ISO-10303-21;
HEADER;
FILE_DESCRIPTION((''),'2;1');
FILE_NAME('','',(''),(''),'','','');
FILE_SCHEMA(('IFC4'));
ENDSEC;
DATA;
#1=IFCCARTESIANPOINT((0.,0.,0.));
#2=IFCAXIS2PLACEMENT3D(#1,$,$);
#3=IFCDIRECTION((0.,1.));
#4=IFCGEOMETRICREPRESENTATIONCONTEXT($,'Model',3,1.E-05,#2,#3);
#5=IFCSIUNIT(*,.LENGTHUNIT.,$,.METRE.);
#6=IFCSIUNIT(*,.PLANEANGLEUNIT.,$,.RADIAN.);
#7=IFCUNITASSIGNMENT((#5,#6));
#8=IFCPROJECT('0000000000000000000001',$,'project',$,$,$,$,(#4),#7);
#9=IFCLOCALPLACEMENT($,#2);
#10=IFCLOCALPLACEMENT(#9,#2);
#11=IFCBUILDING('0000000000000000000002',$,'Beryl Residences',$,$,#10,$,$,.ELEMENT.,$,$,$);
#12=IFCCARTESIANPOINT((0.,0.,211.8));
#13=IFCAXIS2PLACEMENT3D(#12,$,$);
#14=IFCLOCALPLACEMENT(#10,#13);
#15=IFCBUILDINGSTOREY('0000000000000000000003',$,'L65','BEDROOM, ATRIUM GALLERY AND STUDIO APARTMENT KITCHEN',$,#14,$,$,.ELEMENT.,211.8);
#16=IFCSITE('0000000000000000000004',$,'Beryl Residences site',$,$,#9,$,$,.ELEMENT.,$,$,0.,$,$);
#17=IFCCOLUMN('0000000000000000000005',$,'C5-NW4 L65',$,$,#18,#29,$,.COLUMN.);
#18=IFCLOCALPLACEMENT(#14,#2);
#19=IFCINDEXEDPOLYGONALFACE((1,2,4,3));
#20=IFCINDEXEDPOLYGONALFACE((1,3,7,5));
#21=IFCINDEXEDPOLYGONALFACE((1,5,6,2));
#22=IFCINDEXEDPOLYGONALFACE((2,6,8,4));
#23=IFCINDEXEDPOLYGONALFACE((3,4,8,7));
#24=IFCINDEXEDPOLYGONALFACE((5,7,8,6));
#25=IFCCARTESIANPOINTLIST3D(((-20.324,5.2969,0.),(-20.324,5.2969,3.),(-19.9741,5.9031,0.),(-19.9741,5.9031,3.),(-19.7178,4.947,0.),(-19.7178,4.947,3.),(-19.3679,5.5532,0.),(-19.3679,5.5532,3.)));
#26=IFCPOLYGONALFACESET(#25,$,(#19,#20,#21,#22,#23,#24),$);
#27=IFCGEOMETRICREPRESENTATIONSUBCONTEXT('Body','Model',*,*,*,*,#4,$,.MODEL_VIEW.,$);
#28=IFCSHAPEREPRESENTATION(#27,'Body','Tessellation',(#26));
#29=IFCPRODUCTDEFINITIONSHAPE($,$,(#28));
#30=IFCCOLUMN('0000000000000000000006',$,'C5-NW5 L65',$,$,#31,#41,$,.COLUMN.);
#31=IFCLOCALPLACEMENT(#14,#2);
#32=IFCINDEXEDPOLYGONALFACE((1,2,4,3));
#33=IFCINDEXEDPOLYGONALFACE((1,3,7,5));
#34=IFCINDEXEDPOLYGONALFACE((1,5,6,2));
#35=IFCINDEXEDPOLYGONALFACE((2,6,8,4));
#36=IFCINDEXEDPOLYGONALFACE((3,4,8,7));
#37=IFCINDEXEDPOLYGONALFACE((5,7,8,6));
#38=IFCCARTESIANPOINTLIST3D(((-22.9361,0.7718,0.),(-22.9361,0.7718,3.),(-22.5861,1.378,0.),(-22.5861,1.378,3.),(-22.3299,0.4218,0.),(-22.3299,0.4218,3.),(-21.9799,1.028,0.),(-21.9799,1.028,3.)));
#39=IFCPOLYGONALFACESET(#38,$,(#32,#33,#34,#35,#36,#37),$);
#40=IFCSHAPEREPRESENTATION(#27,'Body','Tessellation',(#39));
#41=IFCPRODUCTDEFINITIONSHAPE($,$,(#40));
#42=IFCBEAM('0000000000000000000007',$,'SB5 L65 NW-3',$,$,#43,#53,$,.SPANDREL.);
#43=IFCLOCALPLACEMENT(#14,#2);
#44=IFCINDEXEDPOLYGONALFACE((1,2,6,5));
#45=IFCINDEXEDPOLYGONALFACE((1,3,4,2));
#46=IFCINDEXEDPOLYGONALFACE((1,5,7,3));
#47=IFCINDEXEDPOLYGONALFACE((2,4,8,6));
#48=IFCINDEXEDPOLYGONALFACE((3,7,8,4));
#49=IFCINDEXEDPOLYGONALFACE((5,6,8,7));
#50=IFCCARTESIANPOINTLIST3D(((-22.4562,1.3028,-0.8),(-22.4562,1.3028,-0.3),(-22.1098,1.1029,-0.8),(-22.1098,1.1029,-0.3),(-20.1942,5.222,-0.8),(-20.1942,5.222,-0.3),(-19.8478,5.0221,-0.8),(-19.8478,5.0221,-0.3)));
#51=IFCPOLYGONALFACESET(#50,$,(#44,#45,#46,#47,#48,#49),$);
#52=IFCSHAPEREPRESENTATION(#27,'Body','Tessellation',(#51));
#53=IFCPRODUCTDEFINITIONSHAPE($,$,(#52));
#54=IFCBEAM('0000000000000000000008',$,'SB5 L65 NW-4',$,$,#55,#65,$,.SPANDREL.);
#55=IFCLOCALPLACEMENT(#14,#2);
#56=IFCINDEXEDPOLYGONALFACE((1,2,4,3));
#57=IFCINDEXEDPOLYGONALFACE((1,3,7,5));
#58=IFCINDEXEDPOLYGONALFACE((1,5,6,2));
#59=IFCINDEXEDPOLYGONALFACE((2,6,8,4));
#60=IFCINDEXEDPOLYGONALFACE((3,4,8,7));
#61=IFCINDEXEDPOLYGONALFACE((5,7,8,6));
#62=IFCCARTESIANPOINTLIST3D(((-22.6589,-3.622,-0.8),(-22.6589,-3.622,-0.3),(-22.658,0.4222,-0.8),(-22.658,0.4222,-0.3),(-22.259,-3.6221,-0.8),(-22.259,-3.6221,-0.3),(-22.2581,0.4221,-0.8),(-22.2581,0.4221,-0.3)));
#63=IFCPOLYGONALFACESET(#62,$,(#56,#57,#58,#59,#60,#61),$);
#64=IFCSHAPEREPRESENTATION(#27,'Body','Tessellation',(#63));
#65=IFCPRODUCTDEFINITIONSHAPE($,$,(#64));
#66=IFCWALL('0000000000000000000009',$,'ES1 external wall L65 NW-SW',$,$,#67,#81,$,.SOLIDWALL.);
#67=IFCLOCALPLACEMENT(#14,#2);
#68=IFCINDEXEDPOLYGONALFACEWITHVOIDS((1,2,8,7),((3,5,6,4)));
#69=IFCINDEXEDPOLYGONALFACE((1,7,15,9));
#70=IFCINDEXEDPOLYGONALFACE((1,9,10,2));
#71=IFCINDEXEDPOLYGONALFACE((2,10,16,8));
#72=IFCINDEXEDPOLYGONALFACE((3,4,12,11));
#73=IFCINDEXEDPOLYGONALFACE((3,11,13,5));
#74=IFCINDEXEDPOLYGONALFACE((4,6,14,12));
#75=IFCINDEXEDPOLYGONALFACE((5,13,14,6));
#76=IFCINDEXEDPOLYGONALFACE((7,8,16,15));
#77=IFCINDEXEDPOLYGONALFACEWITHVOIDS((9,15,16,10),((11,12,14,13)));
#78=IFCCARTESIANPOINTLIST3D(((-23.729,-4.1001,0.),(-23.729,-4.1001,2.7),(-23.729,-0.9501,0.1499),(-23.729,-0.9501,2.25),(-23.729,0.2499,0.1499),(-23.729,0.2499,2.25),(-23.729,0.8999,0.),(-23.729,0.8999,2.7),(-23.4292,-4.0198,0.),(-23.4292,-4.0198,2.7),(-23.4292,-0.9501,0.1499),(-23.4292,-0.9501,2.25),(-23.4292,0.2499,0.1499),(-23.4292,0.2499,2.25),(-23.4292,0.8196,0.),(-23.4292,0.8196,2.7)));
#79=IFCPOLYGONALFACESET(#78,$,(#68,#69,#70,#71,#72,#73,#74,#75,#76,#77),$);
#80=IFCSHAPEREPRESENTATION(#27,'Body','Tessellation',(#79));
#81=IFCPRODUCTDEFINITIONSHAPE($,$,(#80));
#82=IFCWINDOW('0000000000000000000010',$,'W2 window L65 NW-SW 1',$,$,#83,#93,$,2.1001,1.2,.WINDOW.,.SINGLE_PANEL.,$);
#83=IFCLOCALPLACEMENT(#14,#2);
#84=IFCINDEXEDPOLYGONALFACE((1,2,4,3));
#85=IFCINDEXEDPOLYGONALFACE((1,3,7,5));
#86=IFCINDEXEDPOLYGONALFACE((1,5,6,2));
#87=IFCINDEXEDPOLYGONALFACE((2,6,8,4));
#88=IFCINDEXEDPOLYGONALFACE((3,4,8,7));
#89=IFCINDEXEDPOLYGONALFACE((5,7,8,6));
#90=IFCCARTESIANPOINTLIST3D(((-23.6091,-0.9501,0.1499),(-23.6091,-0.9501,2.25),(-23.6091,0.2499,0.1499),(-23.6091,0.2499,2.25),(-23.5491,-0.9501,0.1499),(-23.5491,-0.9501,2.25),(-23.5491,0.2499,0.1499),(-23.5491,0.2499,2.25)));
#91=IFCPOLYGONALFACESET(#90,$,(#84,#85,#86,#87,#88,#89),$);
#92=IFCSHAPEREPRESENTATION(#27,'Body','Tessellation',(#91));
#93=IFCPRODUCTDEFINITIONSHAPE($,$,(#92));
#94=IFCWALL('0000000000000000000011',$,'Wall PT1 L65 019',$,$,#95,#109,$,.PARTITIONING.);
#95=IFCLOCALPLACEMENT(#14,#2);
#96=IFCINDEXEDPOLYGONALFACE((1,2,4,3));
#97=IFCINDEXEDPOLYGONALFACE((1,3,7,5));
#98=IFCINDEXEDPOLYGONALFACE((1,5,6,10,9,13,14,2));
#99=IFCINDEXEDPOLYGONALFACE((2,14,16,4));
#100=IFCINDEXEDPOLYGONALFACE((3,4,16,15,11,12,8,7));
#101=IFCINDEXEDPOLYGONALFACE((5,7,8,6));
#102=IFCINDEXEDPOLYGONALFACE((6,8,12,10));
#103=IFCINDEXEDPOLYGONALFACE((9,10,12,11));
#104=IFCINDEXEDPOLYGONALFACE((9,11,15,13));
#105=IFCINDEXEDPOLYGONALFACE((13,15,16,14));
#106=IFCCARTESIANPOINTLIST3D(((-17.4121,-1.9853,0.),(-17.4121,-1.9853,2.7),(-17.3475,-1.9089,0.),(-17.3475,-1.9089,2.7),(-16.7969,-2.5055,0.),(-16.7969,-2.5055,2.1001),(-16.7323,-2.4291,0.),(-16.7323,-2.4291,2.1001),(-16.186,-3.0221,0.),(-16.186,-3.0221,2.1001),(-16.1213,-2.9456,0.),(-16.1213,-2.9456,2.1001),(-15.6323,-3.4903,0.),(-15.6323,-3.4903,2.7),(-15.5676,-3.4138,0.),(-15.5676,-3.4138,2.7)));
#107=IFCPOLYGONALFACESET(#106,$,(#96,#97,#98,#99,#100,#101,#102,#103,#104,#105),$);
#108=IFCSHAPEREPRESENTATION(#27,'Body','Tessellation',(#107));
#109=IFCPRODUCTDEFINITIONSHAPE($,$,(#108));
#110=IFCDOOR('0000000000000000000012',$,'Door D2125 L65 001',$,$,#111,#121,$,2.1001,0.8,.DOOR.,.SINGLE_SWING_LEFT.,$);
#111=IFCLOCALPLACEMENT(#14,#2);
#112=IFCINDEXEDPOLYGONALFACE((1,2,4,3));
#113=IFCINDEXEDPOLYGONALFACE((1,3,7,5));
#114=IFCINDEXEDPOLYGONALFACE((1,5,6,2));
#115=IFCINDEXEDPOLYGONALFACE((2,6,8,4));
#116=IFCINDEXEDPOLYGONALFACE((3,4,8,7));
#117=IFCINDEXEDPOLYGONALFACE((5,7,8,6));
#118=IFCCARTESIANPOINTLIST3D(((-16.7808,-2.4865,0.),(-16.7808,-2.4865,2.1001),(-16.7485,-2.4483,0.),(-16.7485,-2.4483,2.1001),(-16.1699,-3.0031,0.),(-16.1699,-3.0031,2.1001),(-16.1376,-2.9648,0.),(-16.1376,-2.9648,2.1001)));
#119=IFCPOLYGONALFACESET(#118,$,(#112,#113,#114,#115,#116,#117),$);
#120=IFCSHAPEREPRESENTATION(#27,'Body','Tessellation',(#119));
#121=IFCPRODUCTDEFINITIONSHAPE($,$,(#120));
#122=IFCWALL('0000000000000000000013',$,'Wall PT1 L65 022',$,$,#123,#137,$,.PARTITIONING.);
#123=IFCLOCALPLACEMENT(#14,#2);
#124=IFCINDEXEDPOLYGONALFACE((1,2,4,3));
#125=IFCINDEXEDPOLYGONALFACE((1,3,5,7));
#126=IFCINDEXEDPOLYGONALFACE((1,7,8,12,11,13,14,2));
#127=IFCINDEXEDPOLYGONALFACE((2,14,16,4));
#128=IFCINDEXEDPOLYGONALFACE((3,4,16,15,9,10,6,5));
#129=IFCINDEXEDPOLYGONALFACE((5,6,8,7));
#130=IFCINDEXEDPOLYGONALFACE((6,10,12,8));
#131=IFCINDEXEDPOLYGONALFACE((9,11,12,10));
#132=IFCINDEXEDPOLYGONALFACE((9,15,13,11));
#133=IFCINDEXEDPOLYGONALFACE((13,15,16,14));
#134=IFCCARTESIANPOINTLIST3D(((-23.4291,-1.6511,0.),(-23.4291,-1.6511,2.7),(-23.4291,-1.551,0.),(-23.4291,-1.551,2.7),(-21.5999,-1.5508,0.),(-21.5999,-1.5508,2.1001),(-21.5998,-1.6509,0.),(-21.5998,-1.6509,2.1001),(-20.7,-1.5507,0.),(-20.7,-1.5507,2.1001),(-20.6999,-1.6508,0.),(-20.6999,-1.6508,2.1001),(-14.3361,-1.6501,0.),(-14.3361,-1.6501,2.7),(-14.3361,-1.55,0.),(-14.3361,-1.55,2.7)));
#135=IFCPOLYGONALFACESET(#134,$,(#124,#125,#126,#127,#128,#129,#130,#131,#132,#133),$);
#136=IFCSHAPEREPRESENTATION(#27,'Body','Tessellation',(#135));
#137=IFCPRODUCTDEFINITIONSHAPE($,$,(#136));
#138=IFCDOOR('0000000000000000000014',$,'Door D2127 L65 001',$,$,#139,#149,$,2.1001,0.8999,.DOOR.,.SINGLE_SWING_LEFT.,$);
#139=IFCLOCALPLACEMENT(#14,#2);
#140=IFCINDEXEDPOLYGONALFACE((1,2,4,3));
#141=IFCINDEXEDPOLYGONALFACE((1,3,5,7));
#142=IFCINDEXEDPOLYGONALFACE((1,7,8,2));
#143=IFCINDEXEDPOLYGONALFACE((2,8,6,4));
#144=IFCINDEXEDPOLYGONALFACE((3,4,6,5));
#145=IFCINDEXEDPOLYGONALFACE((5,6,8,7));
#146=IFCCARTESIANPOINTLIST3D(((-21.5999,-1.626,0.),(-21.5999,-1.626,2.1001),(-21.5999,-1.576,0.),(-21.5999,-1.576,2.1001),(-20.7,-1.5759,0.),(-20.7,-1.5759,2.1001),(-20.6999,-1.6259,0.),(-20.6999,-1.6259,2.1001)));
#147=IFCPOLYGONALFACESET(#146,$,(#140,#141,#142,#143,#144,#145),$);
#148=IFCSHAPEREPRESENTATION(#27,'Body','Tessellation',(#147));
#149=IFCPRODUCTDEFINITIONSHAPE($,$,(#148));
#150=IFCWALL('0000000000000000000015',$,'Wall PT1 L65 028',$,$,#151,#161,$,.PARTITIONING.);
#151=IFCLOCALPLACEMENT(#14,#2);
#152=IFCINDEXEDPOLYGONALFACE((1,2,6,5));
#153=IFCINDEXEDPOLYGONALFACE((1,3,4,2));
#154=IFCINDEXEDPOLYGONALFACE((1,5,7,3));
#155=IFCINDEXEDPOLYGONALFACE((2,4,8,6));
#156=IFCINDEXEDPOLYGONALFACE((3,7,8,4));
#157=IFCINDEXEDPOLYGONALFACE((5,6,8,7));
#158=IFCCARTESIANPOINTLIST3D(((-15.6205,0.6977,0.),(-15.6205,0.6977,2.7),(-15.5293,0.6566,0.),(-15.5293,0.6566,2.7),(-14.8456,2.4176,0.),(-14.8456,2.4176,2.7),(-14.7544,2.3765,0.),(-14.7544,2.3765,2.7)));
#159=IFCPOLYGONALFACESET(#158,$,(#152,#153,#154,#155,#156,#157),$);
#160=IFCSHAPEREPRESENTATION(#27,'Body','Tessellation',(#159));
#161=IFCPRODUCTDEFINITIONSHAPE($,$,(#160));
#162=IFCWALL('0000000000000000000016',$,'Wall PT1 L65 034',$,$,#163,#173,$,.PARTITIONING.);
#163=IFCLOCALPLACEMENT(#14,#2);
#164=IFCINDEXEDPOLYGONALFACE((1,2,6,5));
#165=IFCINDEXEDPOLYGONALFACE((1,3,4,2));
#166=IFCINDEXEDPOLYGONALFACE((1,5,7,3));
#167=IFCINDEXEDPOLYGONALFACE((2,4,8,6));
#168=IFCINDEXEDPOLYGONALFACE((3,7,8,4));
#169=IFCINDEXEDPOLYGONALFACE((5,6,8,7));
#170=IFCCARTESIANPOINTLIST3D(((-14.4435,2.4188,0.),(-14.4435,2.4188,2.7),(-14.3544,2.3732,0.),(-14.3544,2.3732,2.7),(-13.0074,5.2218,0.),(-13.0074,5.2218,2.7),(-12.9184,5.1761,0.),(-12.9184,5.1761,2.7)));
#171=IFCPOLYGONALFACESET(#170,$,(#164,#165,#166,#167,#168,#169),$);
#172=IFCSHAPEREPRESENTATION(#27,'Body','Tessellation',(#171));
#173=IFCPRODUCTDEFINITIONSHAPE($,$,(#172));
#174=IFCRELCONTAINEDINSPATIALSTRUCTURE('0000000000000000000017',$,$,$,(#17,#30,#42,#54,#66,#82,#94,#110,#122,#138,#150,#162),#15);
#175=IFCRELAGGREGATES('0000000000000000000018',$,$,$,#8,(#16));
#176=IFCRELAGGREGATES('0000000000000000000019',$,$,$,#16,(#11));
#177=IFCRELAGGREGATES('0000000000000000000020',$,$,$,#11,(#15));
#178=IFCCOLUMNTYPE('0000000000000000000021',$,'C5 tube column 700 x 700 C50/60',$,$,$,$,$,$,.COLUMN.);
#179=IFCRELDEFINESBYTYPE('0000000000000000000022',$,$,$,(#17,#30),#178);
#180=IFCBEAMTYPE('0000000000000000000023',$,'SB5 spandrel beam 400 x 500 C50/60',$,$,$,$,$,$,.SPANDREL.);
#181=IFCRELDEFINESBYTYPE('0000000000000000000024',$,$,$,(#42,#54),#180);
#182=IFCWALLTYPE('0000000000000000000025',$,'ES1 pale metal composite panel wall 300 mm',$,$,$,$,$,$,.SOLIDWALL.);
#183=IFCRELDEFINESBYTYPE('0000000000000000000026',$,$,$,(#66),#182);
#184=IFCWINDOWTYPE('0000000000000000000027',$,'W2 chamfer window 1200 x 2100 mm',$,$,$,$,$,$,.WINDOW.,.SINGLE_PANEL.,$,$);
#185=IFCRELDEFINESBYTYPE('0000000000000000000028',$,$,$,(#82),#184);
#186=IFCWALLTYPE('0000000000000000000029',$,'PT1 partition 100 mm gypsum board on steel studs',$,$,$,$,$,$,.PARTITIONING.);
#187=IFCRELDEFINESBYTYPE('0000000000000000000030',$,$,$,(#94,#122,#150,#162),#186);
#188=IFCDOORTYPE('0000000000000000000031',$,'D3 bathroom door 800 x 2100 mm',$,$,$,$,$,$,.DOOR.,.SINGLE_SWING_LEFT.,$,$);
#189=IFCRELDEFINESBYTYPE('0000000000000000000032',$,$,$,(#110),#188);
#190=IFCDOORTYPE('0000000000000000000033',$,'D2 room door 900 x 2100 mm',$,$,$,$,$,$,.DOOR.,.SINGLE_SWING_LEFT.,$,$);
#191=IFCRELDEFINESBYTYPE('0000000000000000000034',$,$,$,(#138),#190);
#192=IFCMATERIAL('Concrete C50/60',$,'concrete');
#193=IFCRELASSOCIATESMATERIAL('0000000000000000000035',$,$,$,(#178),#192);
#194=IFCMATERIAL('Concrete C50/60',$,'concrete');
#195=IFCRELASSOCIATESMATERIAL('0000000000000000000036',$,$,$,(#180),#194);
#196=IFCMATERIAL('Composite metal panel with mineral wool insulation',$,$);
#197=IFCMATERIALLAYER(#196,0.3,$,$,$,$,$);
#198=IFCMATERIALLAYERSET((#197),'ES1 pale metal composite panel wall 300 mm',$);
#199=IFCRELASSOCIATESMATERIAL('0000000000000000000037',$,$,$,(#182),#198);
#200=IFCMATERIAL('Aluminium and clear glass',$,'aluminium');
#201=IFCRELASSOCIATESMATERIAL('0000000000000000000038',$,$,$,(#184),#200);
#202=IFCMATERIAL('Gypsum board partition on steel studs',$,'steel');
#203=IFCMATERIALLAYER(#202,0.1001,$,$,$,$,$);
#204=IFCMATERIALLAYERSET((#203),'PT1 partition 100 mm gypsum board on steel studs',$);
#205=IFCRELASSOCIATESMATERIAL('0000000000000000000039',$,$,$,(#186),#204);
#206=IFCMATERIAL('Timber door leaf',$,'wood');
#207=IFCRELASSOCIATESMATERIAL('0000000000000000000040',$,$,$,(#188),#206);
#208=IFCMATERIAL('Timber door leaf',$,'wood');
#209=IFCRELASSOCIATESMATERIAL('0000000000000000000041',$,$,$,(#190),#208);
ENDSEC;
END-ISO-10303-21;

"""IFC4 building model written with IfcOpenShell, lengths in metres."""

from ifc_helpers import new_model, si_unit, direction, frame, frame_2d, origin, origin_2d, place, context, subcontext, project, spatial, polyline, rectangle, outline, extrude, material, layer, layer_set, material_profile, profile_set, type_object, element, fill, save


model = new_model("IFC4")

# Units and contexts
model_context = context("Model", 3, precision=1e-05, world=origin(), true_north=direction((0.0, 1.0)))
body_context = subcontext(model_context, "Body", "Model", "MODEL_VIEW")
ifc_project = project(units=[si_unit("LENGTHUNIT", "METRE"), si_unit("PLANEANGLEUNIT", "RADIAN")], contexts=[model_context])

# Site, building, storey
site_placement = place(None, origin())
site = spatial("IfcSite", under=ifc_project, at=site_placement, Name="Beryl Residences site", CompositionType="ELEMENT", RefElevation=0.0)
building_placement = place(site_placement, origin())
building = spatial("IfcBuilding", under=site, at=building_placement, Name="Beryl Residences", CompositionType="ELEMENT")
storey_placement = place(building_placement, frame((0.0, 0.0, 211.8)))
storey = spatial("IfcBuildingStorey", under=building, at=storey_placement, Name="L65", Description="BEDROOM, ATRIUM GALLERY AND STUDIO APARTMENT KITCHEN", CompositionType="ELEMENT", Elevation=211.8)

# Columns
ifc_material_1 = material(Name="Concrete C50/60", Category="concrete")
ifc_material_profile_1 = material_profile(ifc_material_1, rectangle(XDim=0.7, YDim=0.7, at=origin_2d()))
ifc_profile_set_1 = profile_set([ifc_material_profile_1], Name="Concrete C50/60")
column_type = type_object("IfcColumnType", Name="C5 tube column 700 x 700 C50/60", PredefinedType="COLUMN", material=ifc_profile_set_1)
for number, where, z_axis, x_axis, name in (
    (1, (-19.8459, 5.425, 0.0), (0.0, 0.0, 1.0), (-0.49997, -0.866043, 0.0), "C5-NW4 L65"),
    (2, (-22.458, 0.8999, 0.0), (0.0, 0.0, 1.0), (-0.49997, -0.866043, 0.0), "C5-NW5 L65"),
):
    element("IfcColumn", number, at=place(storey_placement, frame(where, z_axis=z_axis, x_axis=x_axis)), inside=storey, type_object=column_type, Name=name, PredefinedType="COLUMN", context=body_context, shape_type="SweptSolid", body=[
        extrude(rectangle(XDim=0.7, YDim=0.7, at=origin_2d()), origin(), (0.0, 0.0, 1.0), 3.0),
    ])

# Beams
ifc_material_2 = material(Name="Concrete C50/60", Category="concrete")
ifc_material_profile_2 = material_profile(ifc_material_2, rectangle(XDim=0.3999, YDim=0.5, at=origin_2d()))
ifc_profile_set_2 = profile_set([ifc_material_profile_2], Name="Concrete C50/60")
beam_type = type_object("IfcBeamType", Name="SB5 spandrel beam 400 x 500 C50/60", PredefinedType="SPANDREL", material=ifc_profile_set_2)
beam_1_placement = place(storey_placement, frame((-20.021, 5.1221, -0.55), z_axis=(-0.49987, -0.8661, 0.0), x_axis=(0.8661, -0.49987, 0.0)))
element("IfcBeam", 3, at=beam_1_placement, inside=storey, type_object=beam_type, Name="SB5 L65 NW-3", PredefinedType="SPANDREL", context=body_context, shape_type="SweptSolid", body=[
    extrude(rectangle(XDim=0.3999, YDim=0.5, at=origin_2d()), origin(), (0.0, 0.0, 1.0), 4.5251),
])
beam_2_placement = place(storey_placement, frame((-22.458, 0.4221, -0.55), z_axis=(-0.000241, -1.0, 0.0), x_axis=(1.0, -0.000241, 0.0)))
element("IfcBeam", 4, at=beam_2_placement, inside=storey, type_object=beam_type, Name="SB5 L65 NW-4", PredefinedType="SPANDREL", context=body_context, shape_type="SweptSolid", body=[
    extrude(rectangle(XDim=0.3999, YDim=0.5, at=origin_2d()), origin(), (0.0, 0.0, 1.0), 4.0442),
])

# Wall, opening, window
ifc_material_3 = material(Name="Composite metal panel with mineral wool insulation")
ifc_layer_1 = layer(ifc_material_3, 0.3)
ifc_layer_set_1 = layer_set([ifc_layer_1], Name="ES1 pale metal composite panel wall 300 mm")
wall_type_1 = type_object("IfcWallType", Name="ES1 pale metal composite panel wall 300 mm", PredefinedType="SOLIDWALL", material=ifc_layer_set_1)
wall_1_placement = place(storey_placement, frame((-23.5791, 0.8999, 0.0), z_axis=(0.0, 0.0, 1.0), x_axis=(0.0, -1.0, 0.0)))
wall_1 = element("IfcWall", 5, at=wall_1_placement, inside=storey, type_object=wall_type_1, Name="ES1 external wall L65 NW-SW", PredefinedType="SOLIDWALL", context=body_context, shape_type="SweptSolid", body=[
    extrude(outline(polyline([(0.0, -0.1499), (5.0, -0.1499), (4.9197, 0.1499), (0.0803, 0.1499), (0.0, -0.1499)])), origin(), (0.0, 0.0, 1.0), 2.7),
])
opening_1_placement = place(wall_1_placement, frame((0.6499, 0.0, 0.1499)))
opening_1 = element("IfcOpeningElement", 6, at=opening_1_placement, cuts=wall_1, PredefinedType="OPENING", context=body_context, shape_type="SweptSolid", body=[
    extrude(rectangle(XDim=1.2, YDim=2.1001, at=frame_2d((0.6001, 1.05))), frame((0.0, 0.1599, 0.0), z_axis=(0.0, -1.0, 0.0), x_axis=(1.0, 0.0, 0.0)), (0.0, 0.0, 1.0), 0.3201),
])
ifc_material_4 = material(Name="Aluminium and clear glass", Category="aluminium")
window_type = type_object("IfcWindowType", Name="W2 chamfer window 1200 x 2100 mm", PartitioningType="SINGLE_PANEL", PredefinedType="WINDOW", material=ifc_material_4)
window_placement = place(opening_1_placement, origin())
window = element("IfcWindow", 7, at=window_placement, inside=storey, type_object=window_type, Name="W2 window L65 NW-SW 1", OverallHeight=2.1001, OverallWidth=1.2, PartitioningType="SINGLE_PANEL", PredefinedType="WINDOW", context=body_context, shape_type="SweptSolid", body=[
    extrude(rectangle(XDim=1.2, YDim=2.1001, at=frame_2d((0.6001, 1.05))), frame((0.0, 0.03, 0.0), z_axis=(0.0, -1.0, 0.0), x_axis=(1.0, 0.0, 0.0)), (0.0, 0.0, 1.0), 0.0601),
])
fill(opening_1, window)

# Walls, openings, doors
ifc_material_5 = material(Name="Gypsum board partition on steel studs", Category="steel")
ifc_layer_2 = layer(ifc_material_5, 0.1001)
ifc_layer_set_2 = layer_set([ifc_layer_2], Name="PT1 partition 100 mm gypsum board on steel studs")
wall_type_2 = type_object("IfcWallType", Name="PT1 partition 100 mm gypsum board on steel studs", PredefinedType="PARTITIONING", material=ifc_layer_set_2)
wall_2_placement = place(storey_placement, frame((-17.3799, -1.947, 0.0), z_axis=(0.0, 0.0, 1.0), x_axis=(0.763617, -0.64567, 0.0)))
wall_2 = element("IfcWall", 8, at=wall_2_placement, inside=storey, type_object=wall_type_2, Name="Wall PT1 L65 019", PredefinedType="PARTITIONING", context=body_context, shape_type="SweptSolid", body=[
    extrude(rectangle(XDim=2.3308, YDim=0.1001, at=frame_2d((1.1655, 0.0))), origin(), (0.0, 0.0, 1.0), 2.7),
])
opening_2_placement = place(wall_2_placement, frame((0.8059, 0.0, 0.0)))
opening_2 = element("IfcOpeningElement", 9, at=opening_2_placement, cuts=wall_2, PredefinedType="OPENING", context=body_context, shape_type="SweptSolid", body=[
    extrude(rectangle(XDim=0.8, YDim=2.1001, at=frame_2d((0.3999, 1.05))), frame((0.0, 0.0601, 0.0), z_axis=(0.0, -1.0, 0.0), x_axis=(1.0, 0.0, 0.0)), (0.0, 0.0, 1.0), 0.1201),
])
ifc_material_6 = material(Name="Timber door leaf", Category="wood")
door_type_1 = type_object("IfcDoorType", Name="D3 bathroom door 800 x 2100 mm", OperationType="SINGLE_SWING_LEFT", PredefinedType="DOOR", material=ifc_material_6)
door_1_placement = place(opening_2_placement, origin())
door_1 = element("IfcDoor", 10, at=door_1_placement, inside=storey, type_object=door_type_1, Name="Door D2125 L65 001", OperationType="SINGLE_SWING_LEFT", OverallHeight=2.1001, OverallWidth=0.8, PredefinedType="DOOR", context=body_context, shape_type="SweptSolid", body=[
    extrude(rectangle(XDim=0.8, YDim=2.1001, at=frame_2d((0.3999, 1.05))), frame((0.0, 0.0249, 0.0), z_axis=(0.0, -1.0, 0.0), x_axis=(1.0, 0.0, 0.0)), (0.0, 0.0, 1.0), 0.05),
])
fill(opening_2, door_1)
wall_3_placement = place(storey_placement, frame((-23.429, -1.6011, 0.0), z_axis=(0.0, 0.0, 1.0), x_axis=(1.0, 0.000107, 0.0)))
wall_3 = element("IfcWall", 11, at=wall_3_placement, inside=storey, type_object=wall_type_2, Name="Wall PT1 L65 022", PredefinedType="PARTITIONING", context=body_context, shape_type="SweptSolid", body=[
    extrude(rectangle(XDim=9.093, YDim=0.1001, at=frame_2d((4.5464, 0.0))), origin(), (0.0, 0.0, 1.0), 2.7),
])
opening_3_placement = place(wall_3_placement, frame((1.8291, 0.0, 0.0)))
opening_3 = element("IfcOpeningElement", 12, at=opening_3_placement, cuts=wall_3, PredefinedType="OPENING", context=body_context, shape_type="SweptSolid", body=[
    extrude(rectangle(XDim=0.8999, YDim=2.1001, at=frame_2d((0.45, 1.05))), frame((0.0, 0.0601, 0.0), z_axis=(0.0, -1.0, 0.0), x_axis=(1.0, 0.0, 0.0)), (0.0, 0.0, 1.0), 0.1201),
])
ifc_material_7 = material(Name="Timber door leaf", Category="wood")
door_type_2 = type_object("IfcDoorType", Name="D2 room door 900 x 2100 mm", OperationType="SINGLE_SWING_LEFT", PredefinedType="DOOR", material=ifc_material_7)
door_2_placement = place(opening_3_placement, origin())
door_2 = element("IfcDoor", 13, at=door_2_placement, inside=storey, type_object=door_type_2, Name="Door D2127 L65 001", OperationType="SINGLE_SWING_LEFT", OverallHeight=2.1001, OverallWidth=0.8999, PredefinedType="DOOR", context=body_context, shape_type="SweptSolid", body=[
    extrude(rectangle(XDim=0.8999, YDim=2.1001, at=frame_2d((0.45, 1.05))), frame((0.0, 0.0249, 0.0), z_axis=(0.0, -1.0, 0.0), x_axis=(1.0, 0.0, 0.0)), (0.0, 0.0, 1.0), 0.05),
])
fill(opening_3, door_2)

# Walls
wall_4_placement = place(storey_placement, frame((-15.575, 0.677, 0.0), z_axis=(0.0, 0.0, 1.0), x_axis=(0.410768, 0.91174, 0.0)))
element("IfcWall", 14, at=wall_4_placement, inside=storey, type_object=wall_type_2, Name="Wall PT1 L65 028", PredefinedType="PARTITIONING", context=body_context, shape_type="SweptSolid", body=[
    extrude(rectangle(XDim=1.8865, YDim=0.1001, at=frame_2d((0.9434, 0.0))), origin(), (0.0, 0.0, 1.0), 2.7),
])
wall_5_placement = place(storey_placement, frame((-14.3989, 2.396, 0.0), z_axis=(0.0, 0.0, 1.0), x_axis=(0.455967, 0.889997, 0.0)))
element("IfcWall", 15, at=wall_5_placement, inside=storey, type_object=wall_type_2, Name="Wall PT1 L65 034", PredefinedType="PARTITIONING", context=body_context, shape_type="SweptSolid", body=[
    extrude(rectangle(XDim=3.1494, YDim=0.1001, at=frame_2d((1.5747, 0.0))), origin(), (0.0, 0.0, 1.0), 2.7),
])

save(model, "model.ifc")
